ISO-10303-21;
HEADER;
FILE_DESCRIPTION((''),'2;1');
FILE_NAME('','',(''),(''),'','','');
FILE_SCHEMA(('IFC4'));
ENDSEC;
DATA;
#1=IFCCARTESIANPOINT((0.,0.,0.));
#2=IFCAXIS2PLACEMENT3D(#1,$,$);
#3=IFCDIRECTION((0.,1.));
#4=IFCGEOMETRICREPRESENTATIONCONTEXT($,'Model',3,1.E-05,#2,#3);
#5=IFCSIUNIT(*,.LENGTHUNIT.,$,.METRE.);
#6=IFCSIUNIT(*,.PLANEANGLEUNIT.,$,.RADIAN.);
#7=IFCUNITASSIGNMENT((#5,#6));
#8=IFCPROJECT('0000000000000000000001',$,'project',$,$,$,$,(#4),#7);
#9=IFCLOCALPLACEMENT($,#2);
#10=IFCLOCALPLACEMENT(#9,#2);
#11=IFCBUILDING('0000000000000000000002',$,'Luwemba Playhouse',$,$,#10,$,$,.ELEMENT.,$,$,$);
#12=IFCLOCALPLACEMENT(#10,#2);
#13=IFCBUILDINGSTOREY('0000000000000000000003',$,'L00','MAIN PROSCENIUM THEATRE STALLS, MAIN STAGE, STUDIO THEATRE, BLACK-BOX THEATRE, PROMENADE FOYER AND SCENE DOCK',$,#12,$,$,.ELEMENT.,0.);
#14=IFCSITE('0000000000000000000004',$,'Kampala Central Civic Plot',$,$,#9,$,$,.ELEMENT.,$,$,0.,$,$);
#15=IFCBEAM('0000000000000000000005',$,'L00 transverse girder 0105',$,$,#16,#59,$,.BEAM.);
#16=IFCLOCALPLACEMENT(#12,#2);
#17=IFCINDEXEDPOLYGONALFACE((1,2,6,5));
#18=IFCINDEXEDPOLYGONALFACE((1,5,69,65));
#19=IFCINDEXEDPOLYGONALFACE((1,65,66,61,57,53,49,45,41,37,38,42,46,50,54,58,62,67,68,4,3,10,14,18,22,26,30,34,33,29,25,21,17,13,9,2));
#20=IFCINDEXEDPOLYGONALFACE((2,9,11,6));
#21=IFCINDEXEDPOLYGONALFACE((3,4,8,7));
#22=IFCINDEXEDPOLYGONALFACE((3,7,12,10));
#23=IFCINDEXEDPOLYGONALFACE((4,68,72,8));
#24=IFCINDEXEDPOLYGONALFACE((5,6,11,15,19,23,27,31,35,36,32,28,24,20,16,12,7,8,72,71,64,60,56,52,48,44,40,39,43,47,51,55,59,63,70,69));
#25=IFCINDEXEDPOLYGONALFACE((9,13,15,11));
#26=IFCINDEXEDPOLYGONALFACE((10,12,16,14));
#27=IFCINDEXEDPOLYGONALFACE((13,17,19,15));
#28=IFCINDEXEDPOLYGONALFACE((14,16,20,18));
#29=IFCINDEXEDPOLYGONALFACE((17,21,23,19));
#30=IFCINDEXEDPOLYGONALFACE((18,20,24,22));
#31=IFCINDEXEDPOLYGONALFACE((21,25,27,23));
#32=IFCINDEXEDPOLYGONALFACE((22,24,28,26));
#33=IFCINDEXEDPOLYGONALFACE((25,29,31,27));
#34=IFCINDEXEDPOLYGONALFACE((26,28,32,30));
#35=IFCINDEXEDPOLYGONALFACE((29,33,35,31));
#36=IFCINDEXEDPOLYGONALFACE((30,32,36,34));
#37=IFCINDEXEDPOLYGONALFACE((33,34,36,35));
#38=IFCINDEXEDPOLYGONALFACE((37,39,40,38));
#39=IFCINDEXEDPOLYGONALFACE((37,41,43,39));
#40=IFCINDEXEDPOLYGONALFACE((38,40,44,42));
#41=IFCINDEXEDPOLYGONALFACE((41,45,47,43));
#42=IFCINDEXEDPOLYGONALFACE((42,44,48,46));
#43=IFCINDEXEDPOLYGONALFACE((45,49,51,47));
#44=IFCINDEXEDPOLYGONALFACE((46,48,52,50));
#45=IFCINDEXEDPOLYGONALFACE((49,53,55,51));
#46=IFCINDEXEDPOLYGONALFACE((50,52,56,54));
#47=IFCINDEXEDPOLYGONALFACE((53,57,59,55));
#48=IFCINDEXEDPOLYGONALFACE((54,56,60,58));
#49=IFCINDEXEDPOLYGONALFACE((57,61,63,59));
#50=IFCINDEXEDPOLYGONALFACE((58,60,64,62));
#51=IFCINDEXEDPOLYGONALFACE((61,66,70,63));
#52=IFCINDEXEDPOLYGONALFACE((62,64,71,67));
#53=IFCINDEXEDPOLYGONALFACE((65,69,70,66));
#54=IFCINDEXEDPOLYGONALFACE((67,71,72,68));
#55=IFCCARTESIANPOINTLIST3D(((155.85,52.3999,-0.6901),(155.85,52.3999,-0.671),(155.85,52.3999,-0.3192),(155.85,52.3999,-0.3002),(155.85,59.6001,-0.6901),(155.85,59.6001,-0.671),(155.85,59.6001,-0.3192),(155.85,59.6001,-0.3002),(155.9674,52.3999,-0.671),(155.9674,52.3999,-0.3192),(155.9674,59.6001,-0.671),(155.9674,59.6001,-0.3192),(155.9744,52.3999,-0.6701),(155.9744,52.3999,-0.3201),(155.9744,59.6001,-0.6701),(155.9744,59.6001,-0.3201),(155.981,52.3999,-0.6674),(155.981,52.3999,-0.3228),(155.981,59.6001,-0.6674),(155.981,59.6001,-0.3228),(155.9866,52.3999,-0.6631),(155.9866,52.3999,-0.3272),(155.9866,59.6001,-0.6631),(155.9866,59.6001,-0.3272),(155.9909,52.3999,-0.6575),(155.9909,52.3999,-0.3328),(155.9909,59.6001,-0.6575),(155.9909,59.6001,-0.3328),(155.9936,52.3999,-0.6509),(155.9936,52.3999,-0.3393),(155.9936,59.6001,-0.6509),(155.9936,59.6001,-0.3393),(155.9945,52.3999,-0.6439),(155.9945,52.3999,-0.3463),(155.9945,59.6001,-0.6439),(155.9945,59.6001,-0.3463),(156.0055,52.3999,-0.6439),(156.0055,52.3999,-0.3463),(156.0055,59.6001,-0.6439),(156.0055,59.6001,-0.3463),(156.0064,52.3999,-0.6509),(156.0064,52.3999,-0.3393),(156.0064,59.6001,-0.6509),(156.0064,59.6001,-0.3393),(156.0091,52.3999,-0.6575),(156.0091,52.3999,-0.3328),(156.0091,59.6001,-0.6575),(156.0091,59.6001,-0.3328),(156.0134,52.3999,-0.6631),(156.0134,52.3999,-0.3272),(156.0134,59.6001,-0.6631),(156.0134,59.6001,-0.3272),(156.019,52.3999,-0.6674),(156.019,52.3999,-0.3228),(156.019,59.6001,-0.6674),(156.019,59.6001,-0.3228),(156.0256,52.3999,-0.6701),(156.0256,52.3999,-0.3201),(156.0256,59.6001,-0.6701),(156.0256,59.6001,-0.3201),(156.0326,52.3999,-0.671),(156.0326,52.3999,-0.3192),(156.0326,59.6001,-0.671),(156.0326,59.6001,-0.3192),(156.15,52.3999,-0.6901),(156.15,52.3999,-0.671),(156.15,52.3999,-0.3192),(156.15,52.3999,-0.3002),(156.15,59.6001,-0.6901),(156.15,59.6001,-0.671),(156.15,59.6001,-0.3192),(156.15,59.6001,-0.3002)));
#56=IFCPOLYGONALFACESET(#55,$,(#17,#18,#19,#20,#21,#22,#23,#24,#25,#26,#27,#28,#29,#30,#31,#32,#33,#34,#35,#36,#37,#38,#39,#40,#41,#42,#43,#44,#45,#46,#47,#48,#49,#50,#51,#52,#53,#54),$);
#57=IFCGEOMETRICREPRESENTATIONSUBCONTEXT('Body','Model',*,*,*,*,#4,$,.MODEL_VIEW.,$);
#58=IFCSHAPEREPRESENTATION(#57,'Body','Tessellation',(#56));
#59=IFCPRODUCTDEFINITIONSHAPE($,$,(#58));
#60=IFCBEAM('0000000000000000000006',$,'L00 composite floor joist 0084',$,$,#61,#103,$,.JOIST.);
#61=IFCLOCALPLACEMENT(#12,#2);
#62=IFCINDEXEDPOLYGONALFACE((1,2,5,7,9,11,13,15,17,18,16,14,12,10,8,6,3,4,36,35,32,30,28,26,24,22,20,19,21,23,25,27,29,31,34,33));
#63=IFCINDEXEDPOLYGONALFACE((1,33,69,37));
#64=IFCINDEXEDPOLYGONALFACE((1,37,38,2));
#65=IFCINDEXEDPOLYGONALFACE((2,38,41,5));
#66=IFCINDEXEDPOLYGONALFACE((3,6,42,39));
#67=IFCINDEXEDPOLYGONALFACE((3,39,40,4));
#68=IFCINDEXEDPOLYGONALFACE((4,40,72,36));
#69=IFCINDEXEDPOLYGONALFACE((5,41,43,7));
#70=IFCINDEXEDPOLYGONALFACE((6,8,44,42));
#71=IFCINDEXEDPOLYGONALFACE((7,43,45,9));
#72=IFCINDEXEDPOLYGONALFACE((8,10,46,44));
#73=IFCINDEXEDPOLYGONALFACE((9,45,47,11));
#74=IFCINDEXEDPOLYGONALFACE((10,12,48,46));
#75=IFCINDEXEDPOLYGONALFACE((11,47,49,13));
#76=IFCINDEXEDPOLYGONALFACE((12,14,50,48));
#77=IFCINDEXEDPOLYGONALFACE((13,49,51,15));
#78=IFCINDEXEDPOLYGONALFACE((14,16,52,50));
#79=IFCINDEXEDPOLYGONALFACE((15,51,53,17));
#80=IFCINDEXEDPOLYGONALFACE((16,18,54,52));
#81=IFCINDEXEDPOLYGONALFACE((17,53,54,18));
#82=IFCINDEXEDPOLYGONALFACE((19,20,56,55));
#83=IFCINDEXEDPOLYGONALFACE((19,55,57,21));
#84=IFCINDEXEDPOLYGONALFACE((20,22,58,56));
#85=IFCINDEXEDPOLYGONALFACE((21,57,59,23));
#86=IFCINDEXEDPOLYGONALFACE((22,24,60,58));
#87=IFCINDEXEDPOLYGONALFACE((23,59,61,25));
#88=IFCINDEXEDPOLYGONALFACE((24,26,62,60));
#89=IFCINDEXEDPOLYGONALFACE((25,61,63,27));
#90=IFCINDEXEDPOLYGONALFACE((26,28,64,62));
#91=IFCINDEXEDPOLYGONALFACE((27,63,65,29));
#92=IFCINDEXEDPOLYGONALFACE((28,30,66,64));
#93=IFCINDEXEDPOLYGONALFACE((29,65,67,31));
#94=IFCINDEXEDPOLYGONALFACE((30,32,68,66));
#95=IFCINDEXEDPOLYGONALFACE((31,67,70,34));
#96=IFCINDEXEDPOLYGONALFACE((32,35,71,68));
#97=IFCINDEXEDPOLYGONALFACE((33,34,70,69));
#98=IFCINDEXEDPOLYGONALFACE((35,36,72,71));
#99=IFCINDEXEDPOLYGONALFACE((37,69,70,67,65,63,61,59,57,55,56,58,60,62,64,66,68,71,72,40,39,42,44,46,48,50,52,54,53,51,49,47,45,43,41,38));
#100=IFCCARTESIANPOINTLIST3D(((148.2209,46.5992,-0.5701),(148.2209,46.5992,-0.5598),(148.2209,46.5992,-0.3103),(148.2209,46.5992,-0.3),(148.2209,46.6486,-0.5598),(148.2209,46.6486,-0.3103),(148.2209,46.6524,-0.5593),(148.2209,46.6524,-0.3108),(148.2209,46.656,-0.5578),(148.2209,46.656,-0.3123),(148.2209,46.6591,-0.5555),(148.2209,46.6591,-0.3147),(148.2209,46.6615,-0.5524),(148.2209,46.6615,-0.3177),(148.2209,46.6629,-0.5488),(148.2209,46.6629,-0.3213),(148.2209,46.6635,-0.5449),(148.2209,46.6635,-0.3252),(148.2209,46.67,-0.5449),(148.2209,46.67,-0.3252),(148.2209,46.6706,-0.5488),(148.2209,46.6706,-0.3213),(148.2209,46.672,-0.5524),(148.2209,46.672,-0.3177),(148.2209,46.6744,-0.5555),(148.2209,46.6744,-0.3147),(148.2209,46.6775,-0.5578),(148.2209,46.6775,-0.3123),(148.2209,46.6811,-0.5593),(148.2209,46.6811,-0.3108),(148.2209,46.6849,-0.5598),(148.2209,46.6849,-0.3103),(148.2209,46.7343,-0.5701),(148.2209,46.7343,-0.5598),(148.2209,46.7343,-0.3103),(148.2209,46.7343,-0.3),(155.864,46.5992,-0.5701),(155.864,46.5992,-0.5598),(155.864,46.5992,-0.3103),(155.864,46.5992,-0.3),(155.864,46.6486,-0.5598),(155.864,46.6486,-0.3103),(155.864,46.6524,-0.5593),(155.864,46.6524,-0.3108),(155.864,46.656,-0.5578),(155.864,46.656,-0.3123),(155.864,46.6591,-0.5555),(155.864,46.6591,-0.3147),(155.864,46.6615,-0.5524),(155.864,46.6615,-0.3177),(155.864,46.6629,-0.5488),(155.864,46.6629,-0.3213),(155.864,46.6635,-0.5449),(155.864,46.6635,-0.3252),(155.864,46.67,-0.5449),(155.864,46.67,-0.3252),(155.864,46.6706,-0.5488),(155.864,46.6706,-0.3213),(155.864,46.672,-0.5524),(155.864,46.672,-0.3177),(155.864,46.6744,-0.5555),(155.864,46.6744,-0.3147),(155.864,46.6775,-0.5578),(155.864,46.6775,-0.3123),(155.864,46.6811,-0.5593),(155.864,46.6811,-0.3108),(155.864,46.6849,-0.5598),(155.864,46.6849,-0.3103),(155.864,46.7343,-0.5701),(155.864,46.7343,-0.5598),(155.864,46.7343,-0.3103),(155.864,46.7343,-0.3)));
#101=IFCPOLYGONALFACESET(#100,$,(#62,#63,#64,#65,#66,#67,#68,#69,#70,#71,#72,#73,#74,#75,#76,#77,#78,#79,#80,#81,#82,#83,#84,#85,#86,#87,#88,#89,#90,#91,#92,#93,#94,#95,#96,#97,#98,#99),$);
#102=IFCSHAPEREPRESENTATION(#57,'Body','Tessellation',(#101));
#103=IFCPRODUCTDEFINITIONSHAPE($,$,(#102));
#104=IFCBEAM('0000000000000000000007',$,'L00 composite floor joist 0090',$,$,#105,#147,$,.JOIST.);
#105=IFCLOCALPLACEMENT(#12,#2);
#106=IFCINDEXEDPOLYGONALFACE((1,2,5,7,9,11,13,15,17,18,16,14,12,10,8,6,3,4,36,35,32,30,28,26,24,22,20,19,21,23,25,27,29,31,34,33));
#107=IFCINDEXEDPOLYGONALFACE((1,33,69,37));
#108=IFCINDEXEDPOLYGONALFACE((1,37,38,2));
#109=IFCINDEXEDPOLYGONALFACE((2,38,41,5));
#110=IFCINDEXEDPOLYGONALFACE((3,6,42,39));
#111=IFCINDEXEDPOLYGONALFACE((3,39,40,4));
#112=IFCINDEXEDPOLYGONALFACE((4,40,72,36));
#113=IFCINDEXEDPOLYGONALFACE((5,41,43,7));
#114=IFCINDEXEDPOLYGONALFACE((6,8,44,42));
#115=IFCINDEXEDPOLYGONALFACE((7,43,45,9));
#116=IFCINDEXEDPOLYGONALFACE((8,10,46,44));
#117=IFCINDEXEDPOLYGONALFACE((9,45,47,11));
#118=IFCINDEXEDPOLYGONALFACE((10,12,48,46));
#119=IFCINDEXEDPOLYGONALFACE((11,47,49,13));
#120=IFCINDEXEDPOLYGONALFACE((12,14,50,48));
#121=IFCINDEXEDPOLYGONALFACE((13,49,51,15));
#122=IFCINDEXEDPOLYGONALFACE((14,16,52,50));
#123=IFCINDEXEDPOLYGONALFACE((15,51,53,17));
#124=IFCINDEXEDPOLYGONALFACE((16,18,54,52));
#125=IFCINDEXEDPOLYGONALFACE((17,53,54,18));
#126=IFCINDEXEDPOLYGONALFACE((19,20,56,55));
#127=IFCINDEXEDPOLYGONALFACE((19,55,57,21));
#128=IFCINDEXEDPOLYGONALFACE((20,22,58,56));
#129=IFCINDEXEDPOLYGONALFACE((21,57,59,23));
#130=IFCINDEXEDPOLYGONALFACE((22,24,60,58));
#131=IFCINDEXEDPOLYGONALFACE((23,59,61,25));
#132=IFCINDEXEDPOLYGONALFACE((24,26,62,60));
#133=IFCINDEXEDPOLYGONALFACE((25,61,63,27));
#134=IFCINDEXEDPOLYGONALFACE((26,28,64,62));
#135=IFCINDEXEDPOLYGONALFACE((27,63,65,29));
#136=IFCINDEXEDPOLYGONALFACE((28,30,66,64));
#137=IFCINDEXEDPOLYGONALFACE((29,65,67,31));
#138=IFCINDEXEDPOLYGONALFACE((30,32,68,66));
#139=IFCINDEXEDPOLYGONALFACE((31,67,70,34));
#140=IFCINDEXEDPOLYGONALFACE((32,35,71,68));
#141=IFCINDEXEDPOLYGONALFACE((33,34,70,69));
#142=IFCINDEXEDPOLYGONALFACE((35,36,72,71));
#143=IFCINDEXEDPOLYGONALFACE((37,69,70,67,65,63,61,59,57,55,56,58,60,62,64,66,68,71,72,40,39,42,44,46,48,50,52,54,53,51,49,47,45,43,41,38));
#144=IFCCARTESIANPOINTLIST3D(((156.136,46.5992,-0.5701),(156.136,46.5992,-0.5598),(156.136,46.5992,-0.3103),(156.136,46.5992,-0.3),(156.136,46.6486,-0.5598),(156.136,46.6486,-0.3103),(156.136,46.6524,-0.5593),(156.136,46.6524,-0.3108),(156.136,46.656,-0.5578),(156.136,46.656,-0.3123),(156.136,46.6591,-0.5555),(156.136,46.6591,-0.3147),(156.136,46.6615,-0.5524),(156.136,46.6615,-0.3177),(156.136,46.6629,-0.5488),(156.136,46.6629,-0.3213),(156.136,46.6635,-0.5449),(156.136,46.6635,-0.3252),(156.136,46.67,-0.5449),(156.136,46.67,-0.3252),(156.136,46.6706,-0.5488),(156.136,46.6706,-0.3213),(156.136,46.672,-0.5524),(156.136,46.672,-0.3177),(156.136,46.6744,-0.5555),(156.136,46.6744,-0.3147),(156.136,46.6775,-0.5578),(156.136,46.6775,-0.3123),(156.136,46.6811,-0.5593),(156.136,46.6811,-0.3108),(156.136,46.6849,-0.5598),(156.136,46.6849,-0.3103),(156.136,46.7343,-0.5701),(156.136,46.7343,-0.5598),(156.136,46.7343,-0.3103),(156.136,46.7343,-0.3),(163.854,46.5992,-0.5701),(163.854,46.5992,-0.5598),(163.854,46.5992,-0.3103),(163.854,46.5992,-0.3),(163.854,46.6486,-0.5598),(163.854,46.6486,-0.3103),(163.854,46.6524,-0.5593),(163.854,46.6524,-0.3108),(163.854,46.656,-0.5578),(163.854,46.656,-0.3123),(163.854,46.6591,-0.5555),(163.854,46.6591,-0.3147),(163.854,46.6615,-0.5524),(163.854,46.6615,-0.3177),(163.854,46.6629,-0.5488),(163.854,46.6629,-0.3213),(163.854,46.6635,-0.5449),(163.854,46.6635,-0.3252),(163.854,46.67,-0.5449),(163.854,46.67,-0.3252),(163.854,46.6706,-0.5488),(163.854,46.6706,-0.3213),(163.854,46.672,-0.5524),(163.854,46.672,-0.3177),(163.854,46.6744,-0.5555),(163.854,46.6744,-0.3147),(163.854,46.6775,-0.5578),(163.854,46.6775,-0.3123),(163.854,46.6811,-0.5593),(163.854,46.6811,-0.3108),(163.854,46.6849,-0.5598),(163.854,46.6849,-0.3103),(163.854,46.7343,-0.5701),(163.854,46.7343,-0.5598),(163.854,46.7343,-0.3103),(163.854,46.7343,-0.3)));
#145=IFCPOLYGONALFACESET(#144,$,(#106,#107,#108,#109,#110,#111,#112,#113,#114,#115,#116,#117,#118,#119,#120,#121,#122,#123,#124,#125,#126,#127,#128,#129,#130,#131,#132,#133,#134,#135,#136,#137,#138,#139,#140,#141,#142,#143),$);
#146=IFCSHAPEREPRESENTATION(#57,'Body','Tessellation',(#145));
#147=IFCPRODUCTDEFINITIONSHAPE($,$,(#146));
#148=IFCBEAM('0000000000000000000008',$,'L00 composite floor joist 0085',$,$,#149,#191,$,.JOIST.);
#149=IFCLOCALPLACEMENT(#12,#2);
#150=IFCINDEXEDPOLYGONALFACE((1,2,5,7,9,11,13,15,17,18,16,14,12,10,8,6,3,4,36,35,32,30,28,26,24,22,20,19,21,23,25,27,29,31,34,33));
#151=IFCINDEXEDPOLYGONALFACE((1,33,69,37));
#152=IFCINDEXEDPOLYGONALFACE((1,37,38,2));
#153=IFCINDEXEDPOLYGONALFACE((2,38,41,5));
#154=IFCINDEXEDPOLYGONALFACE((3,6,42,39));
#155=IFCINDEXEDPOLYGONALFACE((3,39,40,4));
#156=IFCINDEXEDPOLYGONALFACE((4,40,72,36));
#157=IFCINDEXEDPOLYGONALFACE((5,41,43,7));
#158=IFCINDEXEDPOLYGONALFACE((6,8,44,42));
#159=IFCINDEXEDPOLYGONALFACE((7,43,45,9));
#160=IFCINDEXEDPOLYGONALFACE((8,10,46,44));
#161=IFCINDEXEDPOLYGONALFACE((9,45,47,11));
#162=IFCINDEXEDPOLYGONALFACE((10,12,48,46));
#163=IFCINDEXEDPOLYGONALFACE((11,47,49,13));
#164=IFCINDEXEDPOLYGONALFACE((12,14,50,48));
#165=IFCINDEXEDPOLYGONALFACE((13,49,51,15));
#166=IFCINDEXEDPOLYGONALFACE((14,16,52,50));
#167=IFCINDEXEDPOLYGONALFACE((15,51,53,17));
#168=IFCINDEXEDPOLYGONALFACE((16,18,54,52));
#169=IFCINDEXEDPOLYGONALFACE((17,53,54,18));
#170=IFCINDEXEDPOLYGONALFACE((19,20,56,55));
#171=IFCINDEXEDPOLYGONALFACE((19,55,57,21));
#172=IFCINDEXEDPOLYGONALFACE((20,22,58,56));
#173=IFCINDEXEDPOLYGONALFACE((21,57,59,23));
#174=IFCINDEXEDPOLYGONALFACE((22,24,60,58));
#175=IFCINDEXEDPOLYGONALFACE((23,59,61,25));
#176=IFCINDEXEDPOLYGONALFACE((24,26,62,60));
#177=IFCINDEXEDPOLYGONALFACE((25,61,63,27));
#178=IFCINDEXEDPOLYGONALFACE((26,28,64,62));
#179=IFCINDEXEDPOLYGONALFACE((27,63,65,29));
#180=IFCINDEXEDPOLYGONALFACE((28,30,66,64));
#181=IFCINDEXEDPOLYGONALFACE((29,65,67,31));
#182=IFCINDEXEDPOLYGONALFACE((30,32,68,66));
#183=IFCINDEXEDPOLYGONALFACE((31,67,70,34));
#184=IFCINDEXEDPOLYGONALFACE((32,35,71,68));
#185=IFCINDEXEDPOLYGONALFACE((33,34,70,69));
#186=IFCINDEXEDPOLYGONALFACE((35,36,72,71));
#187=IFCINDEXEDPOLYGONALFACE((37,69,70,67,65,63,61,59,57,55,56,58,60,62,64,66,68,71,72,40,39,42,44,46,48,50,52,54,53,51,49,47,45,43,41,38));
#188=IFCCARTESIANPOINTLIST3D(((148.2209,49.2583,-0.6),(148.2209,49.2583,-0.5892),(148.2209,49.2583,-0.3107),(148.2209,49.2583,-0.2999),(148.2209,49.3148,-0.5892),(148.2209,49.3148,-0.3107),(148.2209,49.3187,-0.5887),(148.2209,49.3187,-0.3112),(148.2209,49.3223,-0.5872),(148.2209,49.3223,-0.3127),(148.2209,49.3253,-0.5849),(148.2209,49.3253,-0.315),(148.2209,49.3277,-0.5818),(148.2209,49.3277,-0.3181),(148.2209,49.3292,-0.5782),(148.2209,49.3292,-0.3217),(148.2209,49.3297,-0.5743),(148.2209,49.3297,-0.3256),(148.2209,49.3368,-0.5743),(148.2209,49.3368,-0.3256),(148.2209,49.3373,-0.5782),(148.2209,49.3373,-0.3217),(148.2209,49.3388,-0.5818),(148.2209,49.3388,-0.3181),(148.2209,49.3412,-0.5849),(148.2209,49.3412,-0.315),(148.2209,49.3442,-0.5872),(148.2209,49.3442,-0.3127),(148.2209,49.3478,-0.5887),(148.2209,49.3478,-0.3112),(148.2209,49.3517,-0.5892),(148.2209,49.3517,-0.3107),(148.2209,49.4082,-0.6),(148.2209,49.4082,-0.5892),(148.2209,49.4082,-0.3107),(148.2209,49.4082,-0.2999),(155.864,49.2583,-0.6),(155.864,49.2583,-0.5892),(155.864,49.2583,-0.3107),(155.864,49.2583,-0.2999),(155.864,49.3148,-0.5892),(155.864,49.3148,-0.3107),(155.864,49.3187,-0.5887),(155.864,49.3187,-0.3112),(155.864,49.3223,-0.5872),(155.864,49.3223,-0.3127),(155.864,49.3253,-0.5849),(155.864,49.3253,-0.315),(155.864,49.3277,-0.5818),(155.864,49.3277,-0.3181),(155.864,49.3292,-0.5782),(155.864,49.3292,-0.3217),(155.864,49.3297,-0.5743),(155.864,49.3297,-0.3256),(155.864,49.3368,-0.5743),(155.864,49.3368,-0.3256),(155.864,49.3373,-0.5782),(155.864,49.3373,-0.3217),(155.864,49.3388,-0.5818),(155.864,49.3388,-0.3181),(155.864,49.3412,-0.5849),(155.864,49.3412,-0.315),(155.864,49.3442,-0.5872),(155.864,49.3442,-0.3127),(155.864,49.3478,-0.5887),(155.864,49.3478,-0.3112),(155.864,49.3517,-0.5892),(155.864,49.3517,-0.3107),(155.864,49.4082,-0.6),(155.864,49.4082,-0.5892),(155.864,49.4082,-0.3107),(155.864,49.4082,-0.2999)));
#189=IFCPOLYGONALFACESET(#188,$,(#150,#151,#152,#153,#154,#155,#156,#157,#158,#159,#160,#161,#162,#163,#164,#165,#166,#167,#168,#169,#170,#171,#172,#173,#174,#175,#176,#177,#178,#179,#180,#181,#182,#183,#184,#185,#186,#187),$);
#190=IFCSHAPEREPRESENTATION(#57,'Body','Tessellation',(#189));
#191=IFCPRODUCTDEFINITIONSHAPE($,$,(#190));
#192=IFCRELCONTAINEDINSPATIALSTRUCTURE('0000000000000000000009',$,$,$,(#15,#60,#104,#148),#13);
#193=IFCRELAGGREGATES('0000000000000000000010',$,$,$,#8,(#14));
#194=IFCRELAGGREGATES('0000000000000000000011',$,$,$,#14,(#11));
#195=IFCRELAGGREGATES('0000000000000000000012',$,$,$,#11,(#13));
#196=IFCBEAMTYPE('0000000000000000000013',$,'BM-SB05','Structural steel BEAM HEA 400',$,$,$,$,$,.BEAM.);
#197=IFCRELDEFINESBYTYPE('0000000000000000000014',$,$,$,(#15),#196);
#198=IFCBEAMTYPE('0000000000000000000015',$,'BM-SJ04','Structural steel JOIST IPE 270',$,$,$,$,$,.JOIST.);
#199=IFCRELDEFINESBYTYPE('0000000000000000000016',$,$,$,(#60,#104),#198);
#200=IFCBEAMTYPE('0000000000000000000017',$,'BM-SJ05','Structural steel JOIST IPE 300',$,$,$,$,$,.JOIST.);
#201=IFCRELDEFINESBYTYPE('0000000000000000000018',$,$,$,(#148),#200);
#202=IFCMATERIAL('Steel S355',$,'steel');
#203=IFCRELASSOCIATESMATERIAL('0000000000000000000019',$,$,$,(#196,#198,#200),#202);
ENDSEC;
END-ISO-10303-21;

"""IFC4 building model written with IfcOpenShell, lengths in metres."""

from ifc_helpers import new_model, si_unit, direction, frame, origin, origin_2d, place, context, subcontext, project, spatial, i_section, extrude, material, material_profile, profile_set, type_object, element, save


model = new_model("IFC4")

# Units and contexts
model_context = context("Model", 3, precision=1e-05, world=origin(), true_north=direction((0.0, 1.0)))
body_context = subcontext(model_context, "Body", "Model", "MODEL_VIEW")
ifc_project = project(units=[si_unit("LENGTHUNIT", "METRE"), si_unit("PLANEANGLEUNIT", "RADIAN")], contexts=[model_context])

# Site, building, storey
site_placement = place(None, origin())
site = spatial("IfcSite", under=ifc_project, at=site_placement, Name="Kampala Central Civic Plot", CompositionType="ELEMENT", RefElevation=0.0)
building_placement = place(site_placement, origin())
building = spatial("IfcBuilding", under=site, at=building_placement, Name="Luwemba Playhouse", CompositionType="ELEMENT")
storey_placement = place(building_placement, origin())
storey = spatial("IfcBuildingStorey", under=building, at=storey_placement, Name="L00", Description="MAIN PROSCENIUM THEATRE STALLS, MAIN STAGE, STUDIO THEATRE, BLACK-BOX THEATRE, PROMENADE FOYER AND SCENE DOCK", CompositionType="ELEMENT", Elevation=0.0)

# Beams
ifc_material_1 = material(Name="Steel S355", Category="steel")
ifc_material_profile_1 = material_profile(ifc_material_1, i_section(OverallWidth=0.3, OverallDepth=0.3899, WebThickness=0.011, FlangeThickness=0.019, FilletRadius=0.0271, at=origin_2d()))
ifc_profile_set_1 = profile_set([ifc_material_profile_1], Name="Steel S355")
beam_type_1 = type_object("IfcBeamType", Name="BM-SB05", Description="Structural steel BEAM HEA 400", PredefinedType="BEAM", material=ifc_profile_set_1)
beam_1_placement = place(storey_placement, frame((156.0, 52.3999, -0.4951), z_axis=(0.0, 1.0, 0.0), x_axis=(-1.0, 0.0, 0.0)))
element("IfcBeam", 1, at=beam_1_placement, inside=storey, type_object=beam_type_1, Name="L00 transverse girder 0105", PredefinedType="BEAM", context=body_context, shape_type="SweptSolid", body=[
    extrude(i_section(OverallWidth=0.3, OverallDepth=0.3899, WebThickness=0.011, FlangeThickness=0.019, FilletRadius=0.0271, at=origin_2d()), origin(), (0.0, 0.0, 1.0), 7.2002),
])
ifc_material_profile_2 = material_profile(ifc_material_1, i_section(OverallWidth=0.135, OverallDepth=0.27, WebThickness=0.0066, FlangeThickness=0.0103, FilletRadius=0.0149, at=origin_2d()))
ifc_profile_set_2 = profile_set([ifc_material_profile_2], Name="Steel S355")
beam_type_2 = type_object("IfcBeamType", Name="BM-SJ04", Description="Structural steel JOIST IPE 270", PredefinedType="JOIST", material=ifc_profile_set_2)
beam_2_placement = place(storey_placement, frame((148.2209, 46.6667, -0.4351), z_axis=(1.0, 0.0, 0.0), x_axis=(0.0, 1.0, 0.0)))
element("IfcBeam", 2, at=beam_2_placement, inside=storey, type_object=beam_type_2, Name="L00 composite floor joist 0084", PredefinedType="JOIST", context=body_context, shape_type="SweptSolid", body=[
    extrude(i_section(OverallWidth=0.135, OverallDepth=0.27, WebThickness=0.0066, FlangeThickness=0.0103, FilletRadius=0.0149, at=origin_2d()), origin(), (0.0, 0.0, 1.0), 7.6431),
])
beam_3_placement = place(storey_placement, frame((156.136, 46.6667, -0.4351), z_axis=(1.0, 0.0, 0.0), x_axis=(0.0, 1.0, 0.0)))
element("IfcBeam", 3, at=beam_3_placement, inside=storey, type_object=beam_type_2, Name="L00 composite floor joist 0090", PredefinedType="JOIST", context=body_context, shape_type="SweptSolid", body=[
    extrude(i_section(OverallWidth=0.135, OverallDepth=0.27, WebThickness=0.0066, FlangeThickness=0.0103, FilletRadius=0.0149, at=origin_2d()), origin(), (0.0, 0.0, 1.0), 7.718),
])
ifc_material_profile_3 = material_profile(ifc_material_1, i_section(OverallWidth=0.1499, OverallDepth=0.3, WebThickness=0.0071, FlangeThickness=0.0107, FilletRadius=0.0149, at=origin_2d()))
ifc_profile_set_3 = profile_set([ifc_material_profile_3], Name="Steel S355")
beam_type_3 = type_object("IfcBeamType", Name="BM-SJ05", Description="Structural steel JOIST IPE 300", PredefinedType="JOIST", material=ifc_profile_set_3)
beam_4_placement = place(storey_placement, frame((148.2209, 49.3333, -0.45), z_axis=(1.0, 0.0, 0.0), x_axis=(0.0, 1.0, 0.0)))
element("IfcBeam", 4, at=beam_4_placement, inside=storey, type_object=beam_type_3, Name="L00 composite floor joist 0085", PredefinedType="JOIST", context=body_context, shape_type="SweptSolid", body=[
    extrude(i_section(OverallWidth=0.1499, OverallDepth=0.3, WebThickness=0.0071, FlangeThickness=0.0107, FilletRadius=0.0149, at=origin_2d()), origin(), (0.0, 0.0, 1.0), 7.6431),
])

save(model, "model.ifc")
